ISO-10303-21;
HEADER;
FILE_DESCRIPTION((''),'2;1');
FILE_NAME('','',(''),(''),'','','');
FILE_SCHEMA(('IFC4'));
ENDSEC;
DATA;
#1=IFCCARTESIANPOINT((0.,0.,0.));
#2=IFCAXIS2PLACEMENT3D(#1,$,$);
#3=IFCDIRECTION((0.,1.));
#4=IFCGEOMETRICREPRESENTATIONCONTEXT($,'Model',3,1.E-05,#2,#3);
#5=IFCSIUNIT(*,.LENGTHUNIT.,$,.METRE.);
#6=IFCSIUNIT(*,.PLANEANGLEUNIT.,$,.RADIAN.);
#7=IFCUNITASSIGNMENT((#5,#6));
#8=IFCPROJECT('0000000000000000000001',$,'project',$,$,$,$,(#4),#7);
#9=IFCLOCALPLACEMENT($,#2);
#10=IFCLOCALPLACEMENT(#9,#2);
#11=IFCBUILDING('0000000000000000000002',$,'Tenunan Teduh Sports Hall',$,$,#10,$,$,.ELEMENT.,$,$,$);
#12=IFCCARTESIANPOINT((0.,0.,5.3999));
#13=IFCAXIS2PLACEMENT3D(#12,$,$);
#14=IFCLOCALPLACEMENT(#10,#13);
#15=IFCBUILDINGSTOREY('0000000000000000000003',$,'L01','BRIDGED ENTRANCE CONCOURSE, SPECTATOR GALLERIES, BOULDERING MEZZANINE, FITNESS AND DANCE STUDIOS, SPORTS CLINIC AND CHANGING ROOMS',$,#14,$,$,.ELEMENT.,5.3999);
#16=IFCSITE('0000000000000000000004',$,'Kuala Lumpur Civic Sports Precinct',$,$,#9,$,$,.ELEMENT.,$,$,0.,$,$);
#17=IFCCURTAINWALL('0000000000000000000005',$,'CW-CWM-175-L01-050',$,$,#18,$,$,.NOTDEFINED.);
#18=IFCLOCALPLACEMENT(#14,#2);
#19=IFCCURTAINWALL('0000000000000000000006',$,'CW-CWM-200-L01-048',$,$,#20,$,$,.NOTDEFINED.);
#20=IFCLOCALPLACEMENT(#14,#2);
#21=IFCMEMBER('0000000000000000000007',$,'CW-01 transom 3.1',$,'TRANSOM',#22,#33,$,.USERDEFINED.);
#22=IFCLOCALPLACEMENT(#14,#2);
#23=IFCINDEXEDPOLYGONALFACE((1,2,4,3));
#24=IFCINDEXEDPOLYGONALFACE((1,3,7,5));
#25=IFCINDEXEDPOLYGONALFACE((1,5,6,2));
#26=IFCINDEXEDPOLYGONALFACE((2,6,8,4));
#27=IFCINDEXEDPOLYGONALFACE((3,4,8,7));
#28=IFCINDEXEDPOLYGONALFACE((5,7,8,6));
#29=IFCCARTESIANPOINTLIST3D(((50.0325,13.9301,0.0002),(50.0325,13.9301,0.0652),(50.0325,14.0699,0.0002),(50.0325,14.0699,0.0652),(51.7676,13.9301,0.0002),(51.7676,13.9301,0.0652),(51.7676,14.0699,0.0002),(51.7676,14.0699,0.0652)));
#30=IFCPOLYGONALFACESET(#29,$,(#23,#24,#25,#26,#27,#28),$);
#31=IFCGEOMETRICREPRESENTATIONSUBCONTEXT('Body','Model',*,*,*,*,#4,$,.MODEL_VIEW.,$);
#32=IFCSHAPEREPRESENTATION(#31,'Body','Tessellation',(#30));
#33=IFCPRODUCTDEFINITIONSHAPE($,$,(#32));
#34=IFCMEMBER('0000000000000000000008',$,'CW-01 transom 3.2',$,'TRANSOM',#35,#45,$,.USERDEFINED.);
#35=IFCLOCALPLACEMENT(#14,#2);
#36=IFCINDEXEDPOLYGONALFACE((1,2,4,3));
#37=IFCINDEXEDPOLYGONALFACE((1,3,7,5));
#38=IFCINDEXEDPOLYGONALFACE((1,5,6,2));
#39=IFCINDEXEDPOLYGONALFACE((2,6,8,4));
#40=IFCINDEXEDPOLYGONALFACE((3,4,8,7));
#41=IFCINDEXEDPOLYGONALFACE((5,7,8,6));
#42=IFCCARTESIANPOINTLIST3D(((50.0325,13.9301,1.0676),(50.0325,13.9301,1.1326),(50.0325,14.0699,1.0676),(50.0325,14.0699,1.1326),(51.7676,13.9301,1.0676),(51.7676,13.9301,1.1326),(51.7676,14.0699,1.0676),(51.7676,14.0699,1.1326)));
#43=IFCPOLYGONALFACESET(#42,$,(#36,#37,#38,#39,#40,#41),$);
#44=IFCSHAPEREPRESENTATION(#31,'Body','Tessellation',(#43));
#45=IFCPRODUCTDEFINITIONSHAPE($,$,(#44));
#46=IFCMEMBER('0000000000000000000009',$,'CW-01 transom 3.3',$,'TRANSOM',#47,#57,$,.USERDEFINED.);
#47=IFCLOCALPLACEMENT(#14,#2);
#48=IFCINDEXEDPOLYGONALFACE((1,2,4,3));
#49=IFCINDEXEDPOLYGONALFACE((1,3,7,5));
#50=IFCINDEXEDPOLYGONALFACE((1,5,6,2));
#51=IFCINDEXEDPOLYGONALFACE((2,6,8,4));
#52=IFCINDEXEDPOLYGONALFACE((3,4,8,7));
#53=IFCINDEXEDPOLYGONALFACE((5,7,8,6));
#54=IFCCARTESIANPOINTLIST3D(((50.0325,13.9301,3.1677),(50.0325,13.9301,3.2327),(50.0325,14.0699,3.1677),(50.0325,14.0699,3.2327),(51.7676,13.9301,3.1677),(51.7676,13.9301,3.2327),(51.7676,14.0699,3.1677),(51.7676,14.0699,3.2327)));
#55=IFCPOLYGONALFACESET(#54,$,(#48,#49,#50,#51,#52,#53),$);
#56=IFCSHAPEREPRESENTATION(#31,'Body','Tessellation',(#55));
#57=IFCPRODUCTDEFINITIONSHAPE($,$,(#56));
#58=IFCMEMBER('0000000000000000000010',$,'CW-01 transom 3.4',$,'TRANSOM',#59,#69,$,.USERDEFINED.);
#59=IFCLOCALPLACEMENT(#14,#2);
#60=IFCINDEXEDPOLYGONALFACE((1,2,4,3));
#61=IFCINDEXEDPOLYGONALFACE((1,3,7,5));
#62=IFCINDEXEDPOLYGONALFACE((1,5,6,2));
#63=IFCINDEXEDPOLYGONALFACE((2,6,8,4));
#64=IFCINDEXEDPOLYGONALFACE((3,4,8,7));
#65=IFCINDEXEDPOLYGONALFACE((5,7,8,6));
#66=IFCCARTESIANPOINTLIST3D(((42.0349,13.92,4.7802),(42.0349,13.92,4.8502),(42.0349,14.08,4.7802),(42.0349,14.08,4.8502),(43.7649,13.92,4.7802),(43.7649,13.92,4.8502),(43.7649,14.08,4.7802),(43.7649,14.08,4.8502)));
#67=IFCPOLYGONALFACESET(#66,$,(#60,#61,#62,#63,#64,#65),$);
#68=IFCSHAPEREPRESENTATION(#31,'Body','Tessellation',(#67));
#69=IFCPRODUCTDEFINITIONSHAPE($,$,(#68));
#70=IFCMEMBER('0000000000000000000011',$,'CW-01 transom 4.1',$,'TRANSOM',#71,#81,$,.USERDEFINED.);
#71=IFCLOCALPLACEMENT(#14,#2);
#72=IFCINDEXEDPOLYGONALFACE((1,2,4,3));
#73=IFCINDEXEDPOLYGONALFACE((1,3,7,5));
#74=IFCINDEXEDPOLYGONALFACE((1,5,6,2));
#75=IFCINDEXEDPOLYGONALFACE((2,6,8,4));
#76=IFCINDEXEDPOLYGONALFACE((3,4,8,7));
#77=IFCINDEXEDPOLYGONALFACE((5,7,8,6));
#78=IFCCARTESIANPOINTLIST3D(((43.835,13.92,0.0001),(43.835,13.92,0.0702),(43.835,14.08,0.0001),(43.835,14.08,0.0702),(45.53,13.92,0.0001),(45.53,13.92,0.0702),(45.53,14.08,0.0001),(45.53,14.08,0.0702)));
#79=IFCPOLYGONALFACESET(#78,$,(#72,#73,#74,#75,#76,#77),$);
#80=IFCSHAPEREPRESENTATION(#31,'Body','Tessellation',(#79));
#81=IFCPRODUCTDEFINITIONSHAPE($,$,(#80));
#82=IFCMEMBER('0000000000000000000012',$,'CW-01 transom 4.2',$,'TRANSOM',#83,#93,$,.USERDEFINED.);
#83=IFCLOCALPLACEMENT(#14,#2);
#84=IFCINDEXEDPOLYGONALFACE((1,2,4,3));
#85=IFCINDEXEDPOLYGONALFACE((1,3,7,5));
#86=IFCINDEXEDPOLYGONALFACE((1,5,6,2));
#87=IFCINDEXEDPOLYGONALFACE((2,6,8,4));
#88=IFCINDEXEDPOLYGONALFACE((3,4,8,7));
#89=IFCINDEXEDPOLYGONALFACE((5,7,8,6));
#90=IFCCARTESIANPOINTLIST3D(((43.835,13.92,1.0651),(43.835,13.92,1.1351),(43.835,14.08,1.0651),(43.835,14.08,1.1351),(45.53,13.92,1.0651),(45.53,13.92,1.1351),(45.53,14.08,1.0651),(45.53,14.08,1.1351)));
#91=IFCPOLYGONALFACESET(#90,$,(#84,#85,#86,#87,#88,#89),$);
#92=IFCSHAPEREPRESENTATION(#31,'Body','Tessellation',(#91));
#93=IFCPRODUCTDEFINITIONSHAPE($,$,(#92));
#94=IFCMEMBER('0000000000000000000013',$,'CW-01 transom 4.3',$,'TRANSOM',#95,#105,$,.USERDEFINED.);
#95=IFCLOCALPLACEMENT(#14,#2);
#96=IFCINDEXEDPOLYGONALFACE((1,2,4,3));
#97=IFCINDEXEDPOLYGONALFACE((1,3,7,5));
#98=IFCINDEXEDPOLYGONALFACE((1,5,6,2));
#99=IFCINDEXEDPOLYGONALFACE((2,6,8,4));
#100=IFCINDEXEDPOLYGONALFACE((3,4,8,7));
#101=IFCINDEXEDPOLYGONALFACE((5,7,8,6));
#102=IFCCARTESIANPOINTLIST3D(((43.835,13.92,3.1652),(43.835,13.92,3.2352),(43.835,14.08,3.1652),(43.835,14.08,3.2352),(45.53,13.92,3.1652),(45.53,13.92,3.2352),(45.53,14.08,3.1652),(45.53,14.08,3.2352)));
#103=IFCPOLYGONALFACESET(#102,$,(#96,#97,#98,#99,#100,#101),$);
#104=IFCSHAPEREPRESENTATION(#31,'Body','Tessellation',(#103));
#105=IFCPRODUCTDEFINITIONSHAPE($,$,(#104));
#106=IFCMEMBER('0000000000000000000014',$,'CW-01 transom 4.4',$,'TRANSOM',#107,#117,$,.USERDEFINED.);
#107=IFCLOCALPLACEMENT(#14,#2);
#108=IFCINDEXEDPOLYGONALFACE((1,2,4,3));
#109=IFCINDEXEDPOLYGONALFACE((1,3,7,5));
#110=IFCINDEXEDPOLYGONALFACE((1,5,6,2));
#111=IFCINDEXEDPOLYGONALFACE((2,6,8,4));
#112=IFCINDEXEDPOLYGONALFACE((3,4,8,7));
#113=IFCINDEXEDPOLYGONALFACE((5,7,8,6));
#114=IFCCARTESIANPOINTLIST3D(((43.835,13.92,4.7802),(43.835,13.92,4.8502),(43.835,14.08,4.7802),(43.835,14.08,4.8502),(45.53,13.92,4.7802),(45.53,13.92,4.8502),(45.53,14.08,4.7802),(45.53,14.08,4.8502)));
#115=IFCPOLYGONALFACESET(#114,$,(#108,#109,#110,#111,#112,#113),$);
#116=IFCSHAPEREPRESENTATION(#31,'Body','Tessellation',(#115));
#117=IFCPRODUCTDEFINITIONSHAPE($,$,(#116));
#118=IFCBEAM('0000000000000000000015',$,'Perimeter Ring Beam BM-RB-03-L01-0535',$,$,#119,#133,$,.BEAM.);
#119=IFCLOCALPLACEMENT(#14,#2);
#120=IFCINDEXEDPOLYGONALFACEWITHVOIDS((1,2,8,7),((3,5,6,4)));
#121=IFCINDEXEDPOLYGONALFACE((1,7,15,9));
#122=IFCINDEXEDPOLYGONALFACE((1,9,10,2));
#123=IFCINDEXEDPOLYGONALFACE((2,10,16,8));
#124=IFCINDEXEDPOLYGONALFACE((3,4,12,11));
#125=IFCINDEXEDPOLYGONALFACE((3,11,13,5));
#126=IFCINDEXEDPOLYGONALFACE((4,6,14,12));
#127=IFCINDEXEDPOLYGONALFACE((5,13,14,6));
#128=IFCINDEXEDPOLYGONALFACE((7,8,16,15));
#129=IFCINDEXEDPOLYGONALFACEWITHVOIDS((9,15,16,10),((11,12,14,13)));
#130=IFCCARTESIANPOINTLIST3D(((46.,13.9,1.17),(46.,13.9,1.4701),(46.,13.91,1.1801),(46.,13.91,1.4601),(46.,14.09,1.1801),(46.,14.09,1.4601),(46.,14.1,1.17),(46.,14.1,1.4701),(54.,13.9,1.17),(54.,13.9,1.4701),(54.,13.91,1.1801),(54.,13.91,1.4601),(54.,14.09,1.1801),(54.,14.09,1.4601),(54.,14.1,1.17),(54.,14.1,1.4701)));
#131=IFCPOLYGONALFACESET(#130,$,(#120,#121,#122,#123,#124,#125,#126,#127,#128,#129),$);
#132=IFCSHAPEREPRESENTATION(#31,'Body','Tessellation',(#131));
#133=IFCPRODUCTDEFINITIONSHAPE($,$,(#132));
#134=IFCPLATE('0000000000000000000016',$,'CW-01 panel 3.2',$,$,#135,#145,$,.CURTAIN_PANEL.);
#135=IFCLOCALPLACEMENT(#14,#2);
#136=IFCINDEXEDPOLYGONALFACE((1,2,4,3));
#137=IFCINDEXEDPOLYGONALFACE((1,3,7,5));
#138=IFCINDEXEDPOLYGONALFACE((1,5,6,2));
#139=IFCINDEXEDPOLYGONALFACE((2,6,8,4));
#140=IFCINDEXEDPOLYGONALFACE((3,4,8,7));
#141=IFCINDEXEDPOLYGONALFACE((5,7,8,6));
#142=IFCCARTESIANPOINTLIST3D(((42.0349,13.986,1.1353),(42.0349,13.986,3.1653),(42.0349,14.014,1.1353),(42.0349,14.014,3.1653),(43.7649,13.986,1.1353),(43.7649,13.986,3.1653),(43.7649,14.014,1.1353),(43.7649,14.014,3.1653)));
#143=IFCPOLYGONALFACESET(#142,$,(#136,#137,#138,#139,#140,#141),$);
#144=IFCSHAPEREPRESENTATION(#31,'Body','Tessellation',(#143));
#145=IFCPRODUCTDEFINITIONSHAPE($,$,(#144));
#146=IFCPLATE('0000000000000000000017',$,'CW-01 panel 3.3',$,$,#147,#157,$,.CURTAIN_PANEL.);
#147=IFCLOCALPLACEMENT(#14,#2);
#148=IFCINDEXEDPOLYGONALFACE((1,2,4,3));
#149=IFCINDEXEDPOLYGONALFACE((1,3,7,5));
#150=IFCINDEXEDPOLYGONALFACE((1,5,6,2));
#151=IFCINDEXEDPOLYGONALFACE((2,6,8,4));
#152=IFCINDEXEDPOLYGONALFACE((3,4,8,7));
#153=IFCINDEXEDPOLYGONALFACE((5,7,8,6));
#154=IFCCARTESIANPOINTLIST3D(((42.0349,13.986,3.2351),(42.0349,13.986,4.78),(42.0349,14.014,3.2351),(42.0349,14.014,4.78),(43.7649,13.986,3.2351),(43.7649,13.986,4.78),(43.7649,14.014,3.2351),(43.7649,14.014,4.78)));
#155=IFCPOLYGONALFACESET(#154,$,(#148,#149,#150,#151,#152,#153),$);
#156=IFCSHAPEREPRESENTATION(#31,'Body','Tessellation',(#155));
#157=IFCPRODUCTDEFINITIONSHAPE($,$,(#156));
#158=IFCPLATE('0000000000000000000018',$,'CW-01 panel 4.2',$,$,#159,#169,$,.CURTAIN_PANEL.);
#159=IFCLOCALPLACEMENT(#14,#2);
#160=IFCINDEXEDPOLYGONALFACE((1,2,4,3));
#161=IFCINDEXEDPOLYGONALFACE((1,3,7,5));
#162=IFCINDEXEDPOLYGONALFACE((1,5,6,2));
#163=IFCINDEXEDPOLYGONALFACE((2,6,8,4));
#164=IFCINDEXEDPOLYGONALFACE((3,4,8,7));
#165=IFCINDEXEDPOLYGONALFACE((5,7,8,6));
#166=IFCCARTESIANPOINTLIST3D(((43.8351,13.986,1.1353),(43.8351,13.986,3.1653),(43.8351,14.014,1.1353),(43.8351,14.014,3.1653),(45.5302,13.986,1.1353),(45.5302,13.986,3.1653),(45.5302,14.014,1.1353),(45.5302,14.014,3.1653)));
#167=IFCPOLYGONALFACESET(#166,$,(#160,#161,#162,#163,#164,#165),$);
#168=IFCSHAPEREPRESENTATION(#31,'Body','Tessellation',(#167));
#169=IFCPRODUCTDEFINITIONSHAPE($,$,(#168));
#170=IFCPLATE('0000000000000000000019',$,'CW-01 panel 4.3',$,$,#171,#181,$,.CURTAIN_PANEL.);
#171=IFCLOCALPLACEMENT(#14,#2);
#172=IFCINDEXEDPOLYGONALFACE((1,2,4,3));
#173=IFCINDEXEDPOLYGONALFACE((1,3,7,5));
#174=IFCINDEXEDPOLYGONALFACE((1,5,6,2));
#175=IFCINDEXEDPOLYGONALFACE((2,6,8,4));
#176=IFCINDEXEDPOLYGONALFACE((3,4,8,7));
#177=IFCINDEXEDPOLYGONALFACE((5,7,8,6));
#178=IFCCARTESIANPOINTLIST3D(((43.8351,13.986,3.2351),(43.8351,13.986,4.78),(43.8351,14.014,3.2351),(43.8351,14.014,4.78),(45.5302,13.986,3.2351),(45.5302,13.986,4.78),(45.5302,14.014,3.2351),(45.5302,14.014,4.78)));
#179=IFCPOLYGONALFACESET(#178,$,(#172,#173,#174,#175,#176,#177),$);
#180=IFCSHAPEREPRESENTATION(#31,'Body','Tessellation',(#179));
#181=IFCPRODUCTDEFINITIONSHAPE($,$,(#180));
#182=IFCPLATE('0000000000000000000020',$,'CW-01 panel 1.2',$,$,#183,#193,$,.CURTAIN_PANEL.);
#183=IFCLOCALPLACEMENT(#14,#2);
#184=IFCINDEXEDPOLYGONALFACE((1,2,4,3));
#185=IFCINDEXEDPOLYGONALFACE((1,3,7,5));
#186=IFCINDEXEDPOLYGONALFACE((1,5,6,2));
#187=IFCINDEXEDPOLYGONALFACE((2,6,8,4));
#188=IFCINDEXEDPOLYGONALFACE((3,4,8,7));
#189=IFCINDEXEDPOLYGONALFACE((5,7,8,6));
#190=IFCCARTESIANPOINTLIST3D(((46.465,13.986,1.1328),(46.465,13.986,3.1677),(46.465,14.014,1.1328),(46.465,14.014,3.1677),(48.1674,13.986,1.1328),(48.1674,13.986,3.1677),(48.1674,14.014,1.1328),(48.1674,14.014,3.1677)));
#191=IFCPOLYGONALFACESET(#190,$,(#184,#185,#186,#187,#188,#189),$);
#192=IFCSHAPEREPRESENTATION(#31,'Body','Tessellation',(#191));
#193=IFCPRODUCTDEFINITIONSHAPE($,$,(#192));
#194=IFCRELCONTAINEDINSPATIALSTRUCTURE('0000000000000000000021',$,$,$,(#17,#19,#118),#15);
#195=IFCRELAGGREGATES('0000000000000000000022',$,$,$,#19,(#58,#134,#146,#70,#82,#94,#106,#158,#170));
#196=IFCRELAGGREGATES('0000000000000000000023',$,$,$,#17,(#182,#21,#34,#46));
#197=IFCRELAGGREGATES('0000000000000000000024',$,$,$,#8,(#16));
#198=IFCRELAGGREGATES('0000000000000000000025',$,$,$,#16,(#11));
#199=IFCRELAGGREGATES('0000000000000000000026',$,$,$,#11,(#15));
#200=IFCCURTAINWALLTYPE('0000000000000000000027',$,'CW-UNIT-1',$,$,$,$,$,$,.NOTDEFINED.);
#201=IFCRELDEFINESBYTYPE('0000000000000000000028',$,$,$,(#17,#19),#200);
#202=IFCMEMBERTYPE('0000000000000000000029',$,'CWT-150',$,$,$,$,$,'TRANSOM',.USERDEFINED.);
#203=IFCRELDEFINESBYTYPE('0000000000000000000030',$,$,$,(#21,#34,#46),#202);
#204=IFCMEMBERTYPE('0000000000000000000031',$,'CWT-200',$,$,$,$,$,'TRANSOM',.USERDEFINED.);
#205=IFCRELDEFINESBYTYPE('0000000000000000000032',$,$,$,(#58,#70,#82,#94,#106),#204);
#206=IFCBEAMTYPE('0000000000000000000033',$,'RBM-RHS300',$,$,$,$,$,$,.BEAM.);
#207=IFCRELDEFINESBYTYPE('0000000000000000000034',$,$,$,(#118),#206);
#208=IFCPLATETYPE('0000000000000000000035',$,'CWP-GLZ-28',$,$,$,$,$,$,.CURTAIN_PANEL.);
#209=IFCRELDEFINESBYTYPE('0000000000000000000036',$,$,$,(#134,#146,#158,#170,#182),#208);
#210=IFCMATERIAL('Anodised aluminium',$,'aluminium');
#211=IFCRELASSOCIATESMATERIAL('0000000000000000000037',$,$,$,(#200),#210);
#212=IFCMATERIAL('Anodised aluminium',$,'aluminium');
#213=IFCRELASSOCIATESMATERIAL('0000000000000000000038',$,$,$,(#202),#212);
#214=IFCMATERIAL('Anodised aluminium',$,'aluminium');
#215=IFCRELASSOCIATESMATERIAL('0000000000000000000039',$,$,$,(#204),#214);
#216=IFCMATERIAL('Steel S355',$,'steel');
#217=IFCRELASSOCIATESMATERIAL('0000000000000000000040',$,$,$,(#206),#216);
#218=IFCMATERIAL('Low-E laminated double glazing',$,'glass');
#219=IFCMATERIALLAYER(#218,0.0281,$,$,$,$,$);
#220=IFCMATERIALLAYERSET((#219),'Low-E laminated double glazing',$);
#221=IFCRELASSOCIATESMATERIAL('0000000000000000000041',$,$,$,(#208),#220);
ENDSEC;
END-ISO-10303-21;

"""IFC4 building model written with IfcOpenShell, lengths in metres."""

from ifc_helpers import new_model, si_unit, direction, frame, origin, origin_2d, place, context, subcontext, project, spatial, rectangle, hollow_rectangle, extrude, material, layer, layer_set, material_profile, profile_set, type_object, element, aggregate, save


model = new_model("IFC4")

# Units and contexts
model_context = context("Model", 3, precision=1e-05, world=origin(), true_north=direction((0.0, 1.0)))
body_context = subcontext(model_context, "Body", "Model", "MODEL_VIEW")
ifc_project = project(units=[si_unit("LENGTHUNIT", "METRE"), si_unit("PLANEANGLEUNIT", "RADIAN")], contexts=[model_context])

# Site, building, storey
site_placement = place(None, origin())
site = spatial("IfcSite", under=ifc_project, at=site_placement, Name="Kuala Lumpur Civic Sports Precinct", CompositionType="ELEMENT", RefElevation=0.0)
building_placement = place(site_placement, origin())
building = spatial("IfcBuilding", under=site, at=building_placement, Name="Tenunan Teduh Sports Hall", CompositionType="ELEMENT")
storey_placement = place(building_placement, frame((0.0, 0.0, 5.3999)))
storey = spatial("IfcBuildingStorey", under=building, at=storey_placement, Name="L01", Description="BRIDGED ENTRANCE CONCOURSE, SPECTATOR GALLERIES, BOULDERING MEZZANINE, FITNESS AND DANCE STUDIOS, SPORTS CLINIC AND CHANGING ROOMS", CompositionType="ELEMENT", Elevation=5.3999)

# Curtain walls
ifc_material_1 = material(Name="Anodised aluminium", Category="aluminium")
curtain_wall_type = type_object("IfcCurtainWallType", Name="CW-UNIT-1", PredefinedType="NOTDEFINED", material=ifc_material_1)
curtain_wall_1_placement = place(storey_placement, origin())
curtain_wall_1 = element("IfcCurtainWall", 1, at=curtain_wall_1_placement, inside=storey, type_object=curtain_wall_type, Name="CW-CWM-175-L01-050", PredefinedType="NOTDEFINED")
curtain_wall_2_placement = place(storey_placement, origin())
curtain_wall_2 = element("IfcCurtainWall", 2, at=curtain_wall_2_placement, inside=storey, type_object=curtain_wall_type, Name="CW-CWM-200-L01-048", PredefinedType="NOTDEFINED")

# Members
ifc_material_2 = material(Name="Anodised aluminium", Category="aluminium")
ifc_material_profile_1 = material_profile(ifc_material_2, rectangle(XDim=0.0649, YDim=0.1399, at=origin_2d()), Name="CWT 65x140")
ifc_profile_set_1 = profile_set([ifc_material_profile_1], Name="Anodised aluminium")
member_type_1 = type_object("IfcMemberType", Name="CWT-150", ElementType="TRANSOM", PredefinedType="USERDEFINED", material=ifc_profile_set_1)
member_1_placement = place(storey_placement, frame((50.0325, 14.0, 0.0327), z_axis=(1.0, 0.0, 0.0), x_axis=(0.0, 0.0, 1.0)))
member_1 = element("IfcMember", 3, at=member_1_placement, type_object=member_type_1, Name="CW-01 transom 3.1", ObjectType="TRANSOM", PredefinedType="USERDEFINED", context=body_context, shape_type="SweptSolid", body=[
    extrude(rectangle(XDim=0.0649, YDim=0.1399, at=origin_2d()), origin(), (0.0, 0.0, 1.0), 1.7351),
])
member_2_placement = place(storey_placement, frame((50.0325, 14.0, 1.1001), z_axis=(1.0, 0.0, 0.0), x_axis=(0.0, 0.0, 1.0)))
member_2 = element("IfcMember", 4, at=member_2_placement, type_object=member_type_1, Name="CW-01 transom 3.2", ObjectType="TRANSOM", PredefinedType="USERDEFINED", context=body_context, shape_type="SweptSolid", body=[
    extrude(rectangle(XDim=0.0649, YDim=0.1399, at=origin_2d()), origin(), (0.0, 0.0, 1.0), 1.7351),
])
member_3_placement = place(storey_placement, frame((50.0325, 14.0, 3.2002), z_axis=(1.0, 0.0, 0.0), x_axis=(0.0, 0.0, 1.0)))
member_3 = element("IfcMember", 5, at=member_3_placement, type_object=member_type_1, Name="CW-01 transom 3.3", ObjectType="TRANSOM", PredefinedType="USERDEFINED", context=body_context, shape_type="SweptSolid", body=[
    extrude(rectangle(XDim=0.0649, YDim=0.1399, at=origin_2d()), origin(), (0.0, 0.0, 1.0), 1.7351),
])
ifc_material_3 = material(Name="Anodised aluminium", Category="aluminium")
ifc_material_profile_2 = material_profile(ifc_material_3, rectangle(XDim=0.0701, YDim=0.1599, at=origin_2d()), Name="CWT 70x160")
ifc_profile_set_2 = profile_set([ifc_material_profile_2], Name="Anodised aluminium")
member_type_2 = type_object("IfcMemberType", Name="CWT-200", ElementType="TRANSOM", PredefinedType="USERDEFINED", material=ifc_profile_set_2)
member_4_placement = place(storey_placement, frame((42.0349, 14.0, 4.8152), z_axis=(1.0, 0.0, 0.0), x_axis=(0.0, 0.0, 1.0)))
member_4 = element("IfcMember", 6, at=member_4_placement, type_object=member_type_2, Name="CW-01 transom 3.4", ObjectType="TRANSOM", PredefinedType="USERDEFINED", context=body_context, shape_type="SweptSolid", body=[
    extrude(rectangle(XDim=0.0701, YDim=0.1599, at=origin_2d()), origin(), (0.0, 0.0, 1.0), 1.73),
])
member_5_placement = place(storey_placement, frame((43.835, 14.0, 0.0352), z_axis=(1.0, 0.0, 0.0), x_axis=(0.0, 0.0, 1.0)))
member_5 = element("IfcMember", 7, at=member_5_placement, type_object=member_type_2, Name="CW-01 transom 4.1", ObjectType="TRANSOM", PredefinedType="USERDEFINED", context=body_context, shape_type="SweptSolid", body=[
    extrude(rectangle(XDim=0.0701, YDim=0.1599, at=origin_2d()), origin(), (0.0, 0.0, 1.0), 1.6951),
])
member_6_placement = place(storey_placement, frame((43.835, 14.0, 1.1001), z_axis=(1.0, 0.0, 0.0), x_axis=(0.0, 0.0, 1.0)))
member_6 = element("IfcMember", 8, at=member_6_placement, type_object=member_type_2, Name="CW-01 transom 4.2", ObjectType="TRANSOM", PredefinedType="USERDEFINED", context=body_context, shape_type="SweptSolid", body=[
    extrude(rectangle(XDim=0.0701, YDim=0.1599, at=origin_2d()), origin(), (0.0, 0.0, 1.0), 1.6951),
])
member_7_placement = place(storey_placement, frame((43.835, 14.0, 3.2002), z_axis=(1.0, 0.0, 0.0), x_axis=(0.0, 0.0, 1.0)))
member_7 = element("IfcMember", 9, at=member_7_placement, type_object=member_type_2, Name="CW-01 transom 4.3", ObjectType="TRANSOM", PredefinedType="USERDEFINED", context=body_context, shape_type="SweptSolid", body=[
    extrude(rectangle(XDim=0.0701, YDim=0.1599, at=origin_2d()), origin(), (0.0, 0.0, 1.0), 1.6951),
])
member_8_placement = place(storey_placement, frame((43.835, 14.0, 4.8152), z_axis=(1.0, 0.0, 0.0), x_axis=(0.0, 0.0, 1.0)))
member_8 = element("IfcMember", 10, at=member_8_placement, type_object=member_type_2, Name="CW-01 transom 4.4", ObjectType="TRANSOM", PredefinedType="USERDEFINED", context=body_context, shape_type="SweptSolid", body=[
    extrude(rectangle(XDim=0.0701, YDim=0.1599, at=origin_2d()), origin(), (0.0, 0.0, 1.0), 1.6951),
])

# Beam
ifc_material_4 = material(Name="Steel S355", Category="steel")
ifc_material_profile_3 = material_profile(ifc_material_4, hollow_rectangle(XDim=0.2, YDim=0.3, WallThickness=0.01, at=origin_2d()), Name="RHS 300x200x10.0")
ifc_profile_set_3 = profile_set([ifc_material_profile_3], Name="Steel S355")
beam_type = type_object("IfcBeamType", Name="RBM-RHS300", PredefinedType="BEAM", material=ifc_profile_set_3)
beam_placement = place(storey_placement, frame((46.0, 14.0, 1.3201), z_axis=(1.0, 0.0, 0.0), x_axis=(0.0, 1.0, 0.0)))
element("IfcBeam", 11, at=beam_placement, inside=storey, type_object=beam_type, Name="Perimeter Ring Beam BM-RB-03-L01-0535", PredefinedType="BEAM", context=body_context, shape_type="SweptSolid", body=[
    extrude(hollow_rectangle(XDim=0.2, YDim=0.3, WallThickness=0.01, at=origin_2d()), origin(), (0.0, 0.0, 1.0), 8.0),
])

# Plates
ifc_material_5 = material(Name="Low-E laminated double glazing", Category="glass")
ifc_layer_1 = layer(ifc_material_5, 0.0281)
ifc_layer_set_1 = layer_set([ifc_layer_1], Name="Low-E laminated double glazing")
plate_type_1 = type_object("IfcPlateType", Name="CWP-GLZ-28", PredefinedType="CURTAIN_PANEL", material=ifc_layer_set_1)
plate_1_placement = place(storey_placement, frame((42.8999, 14.0, 1.1353), z_axis=(0.0, 0.0, 1.0), x_axis=(1.0, 0.0, 0.0)))
plate_1 = element("IfcPlate", 12, at=plate_1_placement, type_object=plate_type_1, Name="CW-01 panel 3.2", PredefinedType="CURTAIN_PANEL", context=body_context, shape_type="SweptSolid", body=[
    extrude(rectangle(XDim=1.73, YDim=0.0281, at=origin_2d()), origin(), (0.0, 0.0, 1.0), 2.03),
])
plate_2_placement = place(storey_placement, frame((42.8999, 14.0, 3.2351), z_axis=(0.0, 0.0, 1.0), x_axis=(1.0, 0.0, 0.0)))
plate_2 = element("IfcPlate", 13, at=plate_2_placement, type_object=plate_type_1, Name="CW-01 panel 3.3", PredefinedType="CURTAIN_PANEL", context=body_context, shape_type="SweptSolid", body=[
    extrude(rectangle(XDim=1.73, YDim=0.0281, at=origin_2d()), origin(), (0.0, 0.0, 1.0), 1.5449),
])
plate_3_placement = place(storey_placement, frame((44.6826, 14.0, 1.1353), z_axis=(0.0, 0.0, 1.0), x_axis=(1.0, 0.0, 0.0)))
plate_3 = element("IfcPlate", 14, at=plate_3_placement, type_object=plate_type_1, Name="CW-01 panel 4.2", PredefinedType="CURTAIN_PANEL", context=body_context, shape_type="SweptSolid", body=[
    extrude(rectangle(XDim=1.6951, YDim=0.0281, at=origin_2d()), origin(), (0.0, 0.0, 1.0), 2.03),
])
plate_4_placement = place(storey_placement, frame((44.6826, 14.0, 3.2351), z_axis=(0.0, 0.0, 1.0), x_axis=(1.0, 0.0, 0.0)))
plate_4 = element("IfcPlate", 15, at=plate_4_placement, type_object=plate_type_1, Name="CW-01 panel 4.3", PredefinedType="CURTAIN_PANEL", context=body_context, shape_type="SweptSolid", body=[
    extrude(rectangle(XDim=1.6951, YDim=0.0281, at=origin_2d()), origin(), (0.0, 0.0, 1.0), 1.5449),
])
plate_5_placement = place(storey_placement, frame((47.3162, 14.0, 1.1328), z_axis=(0.0, 0.0, 1.0), x_axis=(1.0, 0.0, 0.0)))
plate_5 = element("IfcPlate", 16, at=plate_5_placement, type_object=plate_type_1, Name="CW-01 panel 1.2", PredefinedType="CURTAIN_PANEL", context=body_context, shape_type="SweptSolid", body=[
    extrude(rectangle(XDim=1.7024, YDim=0.0281, at=origin_2d()), origin(), (0.0, 0.0, 1.0), 2.0349),
])
aggregate(curtain_wall_2, [member_4, plate_1, plate_2, member_5, member_6, member_7, member_8, plate_3, plate_4])
aggregate(curtain_wall_1, [plate_5, member_1, member_2, member_3])

save(model, "model.ifc")
